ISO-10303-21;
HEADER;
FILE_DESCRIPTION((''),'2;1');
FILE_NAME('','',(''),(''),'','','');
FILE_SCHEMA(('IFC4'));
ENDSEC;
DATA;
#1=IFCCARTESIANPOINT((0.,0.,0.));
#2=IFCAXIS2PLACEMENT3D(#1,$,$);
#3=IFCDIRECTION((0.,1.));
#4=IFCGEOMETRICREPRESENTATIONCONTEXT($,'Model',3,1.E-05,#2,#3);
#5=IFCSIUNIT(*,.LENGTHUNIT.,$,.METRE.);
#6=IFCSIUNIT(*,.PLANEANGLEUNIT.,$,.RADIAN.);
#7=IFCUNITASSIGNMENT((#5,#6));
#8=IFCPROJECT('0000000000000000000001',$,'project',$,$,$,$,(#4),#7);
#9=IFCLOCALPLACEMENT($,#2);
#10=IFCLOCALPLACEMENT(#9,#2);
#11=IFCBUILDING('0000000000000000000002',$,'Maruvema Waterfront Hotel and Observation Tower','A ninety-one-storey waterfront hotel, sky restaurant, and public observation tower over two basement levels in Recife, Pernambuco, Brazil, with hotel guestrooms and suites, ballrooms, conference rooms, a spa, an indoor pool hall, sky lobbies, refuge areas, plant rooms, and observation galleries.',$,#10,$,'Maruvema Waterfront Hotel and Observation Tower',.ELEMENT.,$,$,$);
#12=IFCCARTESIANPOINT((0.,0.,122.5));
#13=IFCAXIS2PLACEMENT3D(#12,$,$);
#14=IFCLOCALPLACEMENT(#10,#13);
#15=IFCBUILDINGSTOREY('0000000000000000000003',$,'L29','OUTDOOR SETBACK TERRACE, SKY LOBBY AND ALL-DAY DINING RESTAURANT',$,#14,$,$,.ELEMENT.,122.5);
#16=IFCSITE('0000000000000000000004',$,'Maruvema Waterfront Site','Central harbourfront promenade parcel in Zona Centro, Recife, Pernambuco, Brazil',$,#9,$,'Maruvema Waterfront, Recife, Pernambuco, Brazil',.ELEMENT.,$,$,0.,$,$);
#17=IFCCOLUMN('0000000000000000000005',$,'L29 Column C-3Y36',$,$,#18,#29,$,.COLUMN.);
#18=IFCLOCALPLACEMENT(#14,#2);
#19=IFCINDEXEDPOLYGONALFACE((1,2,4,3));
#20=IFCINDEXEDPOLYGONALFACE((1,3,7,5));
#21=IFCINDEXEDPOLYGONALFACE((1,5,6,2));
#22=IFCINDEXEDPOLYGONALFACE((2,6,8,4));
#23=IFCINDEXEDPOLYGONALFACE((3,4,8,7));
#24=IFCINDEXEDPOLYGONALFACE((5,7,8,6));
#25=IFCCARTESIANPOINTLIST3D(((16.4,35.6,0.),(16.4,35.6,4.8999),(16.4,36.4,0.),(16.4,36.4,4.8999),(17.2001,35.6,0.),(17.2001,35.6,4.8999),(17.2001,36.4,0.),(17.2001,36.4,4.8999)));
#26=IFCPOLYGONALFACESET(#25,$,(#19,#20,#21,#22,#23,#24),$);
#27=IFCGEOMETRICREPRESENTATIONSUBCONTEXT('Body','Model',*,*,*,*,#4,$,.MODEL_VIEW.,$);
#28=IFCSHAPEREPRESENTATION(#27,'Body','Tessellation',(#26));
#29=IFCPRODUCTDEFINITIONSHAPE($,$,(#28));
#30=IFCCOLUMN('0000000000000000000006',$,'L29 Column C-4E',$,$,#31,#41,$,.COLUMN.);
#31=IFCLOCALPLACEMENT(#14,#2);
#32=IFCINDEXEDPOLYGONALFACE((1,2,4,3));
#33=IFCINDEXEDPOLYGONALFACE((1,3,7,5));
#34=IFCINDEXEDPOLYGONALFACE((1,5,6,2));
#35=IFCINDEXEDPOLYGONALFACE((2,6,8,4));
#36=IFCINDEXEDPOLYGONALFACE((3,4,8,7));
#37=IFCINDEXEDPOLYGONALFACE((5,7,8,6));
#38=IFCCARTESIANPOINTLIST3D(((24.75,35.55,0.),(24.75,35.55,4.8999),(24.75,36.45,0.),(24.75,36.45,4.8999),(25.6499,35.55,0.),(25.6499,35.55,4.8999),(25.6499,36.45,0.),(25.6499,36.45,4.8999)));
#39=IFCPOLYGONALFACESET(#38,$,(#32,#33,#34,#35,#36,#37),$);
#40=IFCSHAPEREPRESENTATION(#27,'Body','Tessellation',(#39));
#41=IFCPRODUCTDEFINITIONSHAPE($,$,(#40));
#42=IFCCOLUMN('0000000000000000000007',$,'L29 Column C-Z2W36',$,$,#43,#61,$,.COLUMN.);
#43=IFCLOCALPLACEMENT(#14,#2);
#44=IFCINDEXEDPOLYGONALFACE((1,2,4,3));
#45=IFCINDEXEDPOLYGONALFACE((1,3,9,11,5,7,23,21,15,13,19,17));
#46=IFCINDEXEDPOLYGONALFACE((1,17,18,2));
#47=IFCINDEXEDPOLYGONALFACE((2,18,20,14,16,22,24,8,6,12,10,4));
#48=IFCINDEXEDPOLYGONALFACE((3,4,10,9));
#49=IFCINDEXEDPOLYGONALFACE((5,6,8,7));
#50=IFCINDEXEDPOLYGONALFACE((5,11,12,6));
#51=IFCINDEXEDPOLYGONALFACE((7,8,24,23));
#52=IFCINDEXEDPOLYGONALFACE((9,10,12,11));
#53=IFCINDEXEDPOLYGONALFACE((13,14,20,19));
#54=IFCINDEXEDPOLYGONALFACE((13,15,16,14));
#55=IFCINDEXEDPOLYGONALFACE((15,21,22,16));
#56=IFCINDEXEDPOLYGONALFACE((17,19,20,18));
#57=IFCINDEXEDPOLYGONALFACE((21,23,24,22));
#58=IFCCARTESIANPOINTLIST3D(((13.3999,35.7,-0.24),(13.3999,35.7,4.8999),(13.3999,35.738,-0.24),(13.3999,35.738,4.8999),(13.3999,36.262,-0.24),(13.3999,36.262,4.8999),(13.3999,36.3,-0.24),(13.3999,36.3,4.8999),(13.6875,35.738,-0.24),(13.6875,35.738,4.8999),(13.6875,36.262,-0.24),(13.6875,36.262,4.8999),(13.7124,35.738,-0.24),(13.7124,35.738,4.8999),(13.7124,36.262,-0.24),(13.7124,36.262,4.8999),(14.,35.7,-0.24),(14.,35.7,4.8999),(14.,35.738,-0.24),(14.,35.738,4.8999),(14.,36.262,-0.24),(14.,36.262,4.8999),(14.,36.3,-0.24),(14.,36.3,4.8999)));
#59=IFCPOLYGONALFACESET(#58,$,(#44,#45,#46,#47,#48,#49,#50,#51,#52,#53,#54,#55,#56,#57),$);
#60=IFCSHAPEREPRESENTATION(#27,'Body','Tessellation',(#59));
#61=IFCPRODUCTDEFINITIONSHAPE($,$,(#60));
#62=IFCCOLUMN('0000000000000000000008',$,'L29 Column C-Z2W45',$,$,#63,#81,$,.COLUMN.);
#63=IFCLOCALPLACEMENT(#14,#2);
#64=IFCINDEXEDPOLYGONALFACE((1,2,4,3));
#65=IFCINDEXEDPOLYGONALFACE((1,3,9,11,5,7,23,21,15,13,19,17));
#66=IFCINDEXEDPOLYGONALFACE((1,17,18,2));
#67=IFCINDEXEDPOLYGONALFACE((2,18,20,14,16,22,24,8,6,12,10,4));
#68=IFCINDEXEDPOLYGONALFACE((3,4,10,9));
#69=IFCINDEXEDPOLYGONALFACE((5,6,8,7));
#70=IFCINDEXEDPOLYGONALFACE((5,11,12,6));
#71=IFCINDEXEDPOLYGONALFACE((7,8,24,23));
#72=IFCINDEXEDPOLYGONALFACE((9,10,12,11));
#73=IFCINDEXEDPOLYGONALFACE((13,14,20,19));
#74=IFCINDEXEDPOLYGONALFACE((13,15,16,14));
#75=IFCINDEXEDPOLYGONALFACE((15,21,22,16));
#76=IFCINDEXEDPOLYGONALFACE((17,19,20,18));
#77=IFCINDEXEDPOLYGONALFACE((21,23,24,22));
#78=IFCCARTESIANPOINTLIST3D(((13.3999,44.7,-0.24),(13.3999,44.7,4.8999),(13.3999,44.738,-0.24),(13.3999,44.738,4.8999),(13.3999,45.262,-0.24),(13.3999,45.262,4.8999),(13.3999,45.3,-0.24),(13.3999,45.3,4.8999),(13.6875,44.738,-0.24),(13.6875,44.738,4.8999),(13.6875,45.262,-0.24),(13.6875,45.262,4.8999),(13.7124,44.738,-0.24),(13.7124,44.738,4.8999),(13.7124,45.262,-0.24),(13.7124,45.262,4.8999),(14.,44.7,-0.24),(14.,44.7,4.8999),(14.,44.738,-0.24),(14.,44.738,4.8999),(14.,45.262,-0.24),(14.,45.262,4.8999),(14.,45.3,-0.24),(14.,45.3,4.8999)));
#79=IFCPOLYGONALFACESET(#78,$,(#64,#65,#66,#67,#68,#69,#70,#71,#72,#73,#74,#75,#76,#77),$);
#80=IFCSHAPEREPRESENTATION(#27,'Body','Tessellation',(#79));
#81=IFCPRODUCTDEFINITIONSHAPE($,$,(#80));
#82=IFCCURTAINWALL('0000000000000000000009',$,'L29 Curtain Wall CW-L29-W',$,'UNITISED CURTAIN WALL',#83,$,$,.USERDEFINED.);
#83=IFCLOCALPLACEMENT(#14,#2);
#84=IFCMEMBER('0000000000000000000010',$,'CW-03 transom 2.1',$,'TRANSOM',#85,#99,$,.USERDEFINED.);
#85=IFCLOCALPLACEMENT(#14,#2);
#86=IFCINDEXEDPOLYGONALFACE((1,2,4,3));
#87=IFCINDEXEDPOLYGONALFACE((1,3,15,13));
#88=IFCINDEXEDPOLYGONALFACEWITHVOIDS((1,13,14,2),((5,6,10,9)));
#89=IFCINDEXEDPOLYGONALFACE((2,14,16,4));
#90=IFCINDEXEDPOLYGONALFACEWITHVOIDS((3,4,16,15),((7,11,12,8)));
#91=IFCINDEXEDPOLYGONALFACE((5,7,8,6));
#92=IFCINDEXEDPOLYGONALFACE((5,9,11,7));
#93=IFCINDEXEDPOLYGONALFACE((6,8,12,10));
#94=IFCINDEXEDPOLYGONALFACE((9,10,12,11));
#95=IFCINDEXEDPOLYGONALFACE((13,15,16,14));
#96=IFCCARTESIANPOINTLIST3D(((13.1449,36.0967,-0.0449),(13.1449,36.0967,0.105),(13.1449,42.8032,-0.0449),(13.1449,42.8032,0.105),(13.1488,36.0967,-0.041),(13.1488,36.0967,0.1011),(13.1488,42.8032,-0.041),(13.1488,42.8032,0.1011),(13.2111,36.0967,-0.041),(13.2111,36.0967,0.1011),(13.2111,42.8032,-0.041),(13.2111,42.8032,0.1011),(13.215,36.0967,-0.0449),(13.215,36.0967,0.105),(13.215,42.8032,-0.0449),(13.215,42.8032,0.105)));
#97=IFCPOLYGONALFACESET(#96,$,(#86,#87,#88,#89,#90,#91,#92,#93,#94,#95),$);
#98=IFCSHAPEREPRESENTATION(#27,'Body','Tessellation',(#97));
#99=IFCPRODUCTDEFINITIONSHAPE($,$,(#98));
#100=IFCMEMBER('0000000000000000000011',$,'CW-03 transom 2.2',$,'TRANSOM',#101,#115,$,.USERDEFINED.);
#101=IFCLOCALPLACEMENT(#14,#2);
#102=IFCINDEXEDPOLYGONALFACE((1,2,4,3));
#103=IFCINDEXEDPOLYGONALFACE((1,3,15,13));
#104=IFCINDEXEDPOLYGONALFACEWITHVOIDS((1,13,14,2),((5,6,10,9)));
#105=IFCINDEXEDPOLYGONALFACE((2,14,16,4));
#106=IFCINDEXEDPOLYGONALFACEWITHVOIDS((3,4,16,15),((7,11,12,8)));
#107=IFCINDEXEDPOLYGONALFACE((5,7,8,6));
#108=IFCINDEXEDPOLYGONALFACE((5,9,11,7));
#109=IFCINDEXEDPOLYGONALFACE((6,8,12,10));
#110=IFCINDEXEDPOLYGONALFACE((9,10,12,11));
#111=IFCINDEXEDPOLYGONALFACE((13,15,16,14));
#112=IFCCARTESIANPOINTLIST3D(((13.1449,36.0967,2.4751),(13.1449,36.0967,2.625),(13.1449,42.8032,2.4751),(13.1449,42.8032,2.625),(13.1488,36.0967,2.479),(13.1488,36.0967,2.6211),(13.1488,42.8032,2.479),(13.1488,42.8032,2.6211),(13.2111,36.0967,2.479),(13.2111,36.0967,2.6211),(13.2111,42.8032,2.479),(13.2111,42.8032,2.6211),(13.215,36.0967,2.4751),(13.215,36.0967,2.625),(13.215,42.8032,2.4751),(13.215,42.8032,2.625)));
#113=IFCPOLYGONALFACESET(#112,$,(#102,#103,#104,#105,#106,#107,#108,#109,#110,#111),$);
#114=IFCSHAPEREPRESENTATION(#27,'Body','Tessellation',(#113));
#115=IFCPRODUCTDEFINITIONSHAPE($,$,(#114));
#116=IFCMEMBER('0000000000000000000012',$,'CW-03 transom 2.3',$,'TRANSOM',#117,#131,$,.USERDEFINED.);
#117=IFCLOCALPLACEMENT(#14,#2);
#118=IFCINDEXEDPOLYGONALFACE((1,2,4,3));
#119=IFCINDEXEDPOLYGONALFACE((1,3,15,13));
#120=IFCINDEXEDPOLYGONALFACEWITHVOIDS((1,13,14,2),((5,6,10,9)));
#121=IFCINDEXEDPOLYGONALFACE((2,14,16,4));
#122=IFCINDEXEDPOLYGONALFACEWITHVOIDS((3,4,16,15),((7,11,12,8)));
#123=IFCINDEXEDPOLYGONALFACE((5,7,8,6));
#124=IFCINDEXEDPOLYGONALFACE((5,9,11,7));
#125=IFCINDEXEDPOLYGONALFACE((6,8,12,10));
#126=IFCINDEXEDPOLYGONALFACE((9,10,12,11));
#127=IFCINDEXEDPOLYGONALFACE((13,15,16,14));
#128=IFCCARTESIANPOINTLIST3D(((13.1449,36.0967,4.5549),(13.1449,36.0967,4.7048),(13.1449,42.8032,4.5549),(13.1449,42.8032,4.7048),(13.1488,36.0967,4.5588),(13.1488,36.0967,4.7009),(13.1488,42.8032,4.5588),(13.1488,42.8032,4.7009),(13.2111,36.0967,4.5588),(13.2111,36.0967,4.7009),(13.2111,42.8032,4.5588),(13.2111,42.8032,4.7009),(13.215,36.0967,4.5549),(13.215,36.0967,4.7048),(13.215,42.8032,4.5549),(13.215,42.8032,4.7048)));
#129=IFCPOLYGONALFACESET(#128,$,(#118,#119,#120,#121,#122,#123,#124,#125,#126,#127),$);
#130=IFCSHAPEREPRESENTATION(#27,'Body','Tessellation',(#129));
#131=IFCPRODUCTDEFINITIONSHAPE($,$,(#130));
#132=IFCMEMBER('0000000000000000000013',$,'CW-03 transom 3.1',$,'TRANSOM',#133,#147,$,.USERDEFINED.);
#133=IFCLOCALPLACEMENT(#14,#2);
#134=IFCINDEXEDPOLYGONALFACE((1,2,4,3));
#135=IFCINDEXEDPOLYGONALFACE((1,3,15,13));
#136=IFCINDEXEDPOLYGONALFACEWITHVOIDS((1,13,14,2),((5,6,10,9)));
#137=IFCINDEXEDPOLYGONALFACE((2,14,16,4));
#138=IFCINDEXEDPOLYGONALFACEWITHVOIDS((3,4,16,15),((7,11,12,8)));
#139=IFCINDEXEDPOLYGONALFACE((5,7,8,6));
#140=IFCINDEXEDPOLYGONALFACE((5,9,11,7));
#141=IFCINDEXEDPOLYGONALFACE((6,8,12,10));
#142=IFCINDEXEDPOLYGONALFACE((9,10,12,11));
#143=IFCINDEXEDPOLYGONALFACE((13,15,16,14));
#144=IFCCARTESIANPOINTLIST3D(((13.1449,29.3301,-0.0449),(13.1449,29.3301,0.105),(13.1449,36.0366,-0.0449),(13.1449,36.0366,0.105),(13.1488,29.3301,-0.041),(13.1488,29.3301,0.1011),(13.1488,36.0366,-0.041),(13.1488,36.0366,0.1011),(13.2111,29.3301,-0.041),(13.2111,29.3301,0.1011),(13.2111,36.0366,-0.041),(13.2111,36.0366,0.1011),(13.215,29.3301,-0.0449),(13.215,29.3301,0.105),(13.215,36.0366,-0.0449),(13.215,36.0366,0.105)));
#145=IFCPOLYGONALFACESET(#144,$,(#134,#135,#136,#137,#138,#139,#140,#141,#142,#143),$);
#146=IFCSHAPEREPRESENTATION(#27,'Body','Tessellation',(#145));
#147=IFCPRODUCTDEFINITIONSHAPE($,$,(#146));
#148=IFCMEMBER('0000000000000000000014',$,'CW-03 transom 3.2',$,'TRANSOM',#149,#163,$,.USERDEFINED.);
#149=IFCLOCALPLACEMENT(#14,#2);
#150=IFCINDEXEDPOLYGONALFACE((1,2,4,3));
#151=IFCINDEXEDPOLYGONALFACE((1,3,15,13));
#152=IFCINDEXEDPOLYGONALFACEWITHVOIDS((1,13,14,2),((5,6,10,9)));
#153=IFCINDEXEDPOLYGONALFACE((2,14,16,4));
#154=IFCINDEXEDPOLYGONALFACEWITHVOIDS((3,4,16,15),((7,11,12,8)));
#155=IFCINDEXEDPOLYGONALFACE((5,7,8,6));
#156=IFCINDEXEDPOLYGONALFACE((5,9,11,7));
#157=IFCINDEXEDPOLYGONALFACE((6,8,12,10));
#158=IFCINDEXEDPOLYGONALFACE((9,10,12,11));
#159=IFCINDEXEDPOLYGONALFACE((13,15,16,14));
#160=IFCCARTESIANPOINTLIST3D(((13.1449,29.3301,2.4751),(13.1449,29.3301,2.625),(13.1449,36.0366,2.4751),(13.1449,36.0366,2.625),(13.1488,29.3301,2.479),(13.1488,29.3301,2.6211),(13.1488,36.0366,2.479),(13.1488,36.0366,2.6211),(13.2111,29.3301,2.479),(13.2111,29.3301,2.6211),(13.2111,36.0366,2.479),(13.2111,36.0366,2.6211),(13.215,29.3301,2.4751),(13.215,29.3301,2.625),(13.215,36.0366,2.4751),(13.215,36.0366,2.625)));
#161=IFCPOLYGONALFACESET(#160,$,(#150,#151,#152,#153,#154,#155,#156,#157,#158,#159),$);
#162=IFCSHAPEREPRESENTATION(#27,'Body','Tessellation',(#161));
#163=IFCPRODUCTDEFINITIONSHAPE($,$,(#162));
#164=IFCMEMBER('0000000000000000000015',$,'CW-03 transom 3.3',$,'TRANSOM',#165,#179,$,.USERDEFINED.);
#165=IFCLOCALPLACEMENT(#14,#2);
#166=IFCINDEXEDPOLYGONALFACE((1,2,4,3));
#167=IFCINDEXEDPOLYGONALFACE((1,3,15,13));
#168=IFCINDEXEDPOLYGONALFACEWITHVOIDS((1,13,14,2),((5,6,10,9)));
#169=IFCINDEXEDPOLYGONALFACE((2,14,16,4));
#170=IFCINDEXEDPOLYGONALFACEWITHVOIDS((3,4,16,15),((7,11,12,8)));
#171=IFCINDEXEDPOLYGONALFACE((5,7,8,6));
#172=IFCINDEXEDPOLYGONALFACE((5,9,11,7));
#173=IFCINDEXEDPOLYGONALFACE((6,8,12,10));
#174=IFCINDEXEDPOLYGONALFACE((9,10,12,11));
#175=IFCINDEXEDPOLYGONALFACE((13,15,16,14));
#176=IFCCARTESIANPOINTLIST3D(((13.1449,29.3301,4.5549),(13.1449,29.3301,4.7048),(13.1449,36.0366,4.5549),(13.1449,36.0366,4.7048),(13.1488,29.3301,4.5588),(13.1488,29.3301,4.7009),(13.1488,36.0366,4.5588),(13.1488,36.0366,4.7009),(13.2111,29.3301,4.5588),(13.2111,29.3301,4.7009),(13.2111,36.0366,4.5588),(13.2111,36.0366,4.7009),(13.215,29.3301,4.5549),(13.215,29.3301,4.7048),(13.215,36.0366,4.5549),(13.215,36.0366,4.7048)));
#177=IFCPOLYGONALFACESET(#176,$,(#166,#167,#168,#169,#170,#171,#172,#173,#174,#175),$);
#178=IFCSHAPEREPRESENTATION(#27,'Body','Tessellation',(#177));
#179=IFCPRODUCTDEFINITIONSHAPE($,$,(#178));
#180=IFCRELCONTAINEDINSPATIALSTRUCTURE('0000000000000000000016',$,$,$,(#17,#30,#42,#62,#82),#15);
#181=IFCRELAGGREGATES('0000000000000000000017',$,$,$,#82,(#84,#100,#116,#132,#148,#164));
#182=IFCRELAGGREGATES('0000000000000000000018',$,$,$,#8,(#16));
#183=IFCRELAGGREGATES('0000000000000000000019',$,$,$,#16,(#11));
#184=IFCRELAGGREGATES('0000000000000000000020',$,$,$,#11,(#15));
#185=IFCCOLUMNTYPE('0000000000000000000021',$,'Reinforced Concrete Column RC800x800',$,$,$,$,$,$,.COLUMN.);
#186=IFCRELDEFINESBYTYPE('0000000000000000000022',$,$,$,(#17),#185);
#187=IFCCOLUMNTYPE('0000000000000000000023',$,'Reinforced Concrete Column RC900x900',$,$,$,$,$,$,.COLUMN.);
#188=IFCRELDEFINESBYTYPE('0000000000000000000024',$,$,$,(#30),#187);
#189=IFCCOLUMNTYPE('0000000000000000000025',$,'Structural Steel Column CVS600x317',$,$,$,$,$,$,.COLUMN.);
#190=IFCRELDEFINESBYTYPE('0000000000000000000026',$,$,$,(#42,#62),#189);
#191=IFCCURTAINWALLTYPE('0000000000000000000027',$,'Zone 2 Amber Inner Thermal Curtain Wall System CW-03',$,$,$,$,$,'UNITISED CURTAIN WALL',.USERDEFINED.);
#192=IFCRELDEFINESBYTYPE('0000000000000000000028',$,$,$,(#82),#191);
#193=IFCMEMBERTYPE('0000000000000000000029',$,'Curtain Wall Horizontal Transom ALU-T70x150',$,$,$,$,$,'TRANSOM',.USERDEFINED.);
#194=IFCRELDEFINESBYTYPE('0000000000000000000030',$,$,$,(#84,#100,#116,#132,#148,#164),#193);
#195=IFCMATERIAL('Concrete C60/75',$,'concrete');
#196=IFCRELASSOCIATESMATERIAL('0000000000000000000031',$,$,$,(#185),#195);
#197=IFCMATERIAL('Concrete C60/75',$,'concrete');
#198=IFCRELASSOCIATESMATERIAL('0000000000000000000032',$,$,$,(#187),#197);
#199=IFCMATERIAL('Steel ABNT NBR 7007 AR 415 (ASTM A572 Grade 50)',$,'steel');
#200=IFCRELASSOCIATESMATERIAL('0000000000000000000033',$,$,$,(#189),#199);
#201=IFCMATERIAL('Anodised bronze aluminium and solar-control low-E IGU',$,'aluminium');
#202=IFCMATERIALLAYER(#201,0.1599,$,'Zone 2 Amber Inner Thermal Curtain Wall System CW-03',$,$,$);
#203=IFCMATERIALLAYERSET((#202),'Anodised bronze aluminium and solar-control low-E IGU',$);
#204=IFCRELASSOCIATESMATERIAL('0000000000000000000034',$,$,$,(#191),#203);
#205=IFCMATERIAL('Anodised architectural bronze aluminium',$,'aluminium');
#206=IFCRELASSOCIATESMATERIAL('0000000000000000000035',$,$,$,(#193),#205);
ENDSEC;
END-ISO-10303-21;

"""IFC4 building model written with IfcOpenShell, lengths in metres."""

from ifc_helpers import new_model, si_unit, direction, frame, origin, origin_2d, place, context, subcontext, project, spatial, rectangle, hollow_rectangle, i_section, extrude, material, layer, layer_set, material_profile, profile_set, type_object, element, aggregate, save


model = new_model("IFC4")

# Units and contexts
model_context = context("Model", 3, precision=1e-05, world=origin(), true_north=direction((0.0, 1.0)))
body_context = subcontext(model_context, "Body", "Model", "MODEL_VIEW")
ifc_project = project(units=[si_unit("LENGTHUNIT", "METRE"), si_unit("PLANEANGLEUNIT", "RADIAN")], contexts=[model_context])

# Site, building, storey
site_placement = place(None, origin())
site = spatial("IfcSite", under=ifc_project, at=site_placement, Name="Maruvema Waterfront Site", Description="Central harbourfront promenade parcel in Zona Centro, Recife, Pernambuco, Brazil", LongName="Maruvema Waterfront, Recife, Pernambuco, Brazil", CompositionType="ELEMENT", RefElevation=0.0)
building_placement = place(site_placement, origin())
building = spatial("IfcBuilding", under=site, at=building_placement, Name="Maruvema Waterfront Hotel and Observation Tower", Description="A ninety-one-storey waterfront hotel, sky restaurant, and public observation tower over two basement levels in Recife, Pernambuco, Brazil, with hotel guestrooms and suites, ballrooms, conference rooms, a spa, an indoor pool hall, sky lobbies, refuge areas, plant rooms, and observation galleries.", LongName="Maruvema Waterfront Hotel and Observation Tower", CompositionType="ELEMENT")
storey_placement = place(building_placement, frame((0.0, 0.0, 122.5)))
storey = spatial("IfcBuildingStorey", under=building, at=storey_placement, Name="L29", Description="OUTDOOR SETBACK TERRACE, SKY LOBBY AND ALL-DAY DINING RESTAURANT", CompositionType="ELEMENT", Elevation=122.5)

# Columns
ifc_material_1 = material(Name="Concrete C60/75", Category="concrete")
ifc_material_profile_1 = material_profile(ifc_material_1, rectangle(XDim=0.8, YDim=0.8, at=origin_2d()), Name="RC800x800")
ifc_profile_set_1 = profile_set([ifc_material_profile_1], Name="Concrete C60/75")
column_type_1 = type_object("IfcColumnType", Name="Reinforced Concrete Column RC800x800", PredefinedType="COLUMN", material=ifc_profile_set_1)
column_1_placement = place(storey_placement, frame((16.8, 36.0, 0.0), z_axis=(0.0, 0.0, 1.0), x_axis=(1.0, 0.0, 0.0)))
element("IfcColumn", 1, at=column_1_placement, inside=storey, type_object=column_type_1, Name="L29 Column C-3Y36", PredefinedType="COLUMN", context=body_context, shape_type="SweptSolid", body=[
    extrude(rectangle(XDim=0.8, YDim=0.8, at=origin_2d()), origin(), (0.0, 0.0, 1.0), 4.8999),
])
ifc_material_2 = material(Name="Concrete C60/75", Category="concrete")
ifc_material_profile_2 = material_profile(ifc_material_2, rectangle(XDim=0.8999, YDim=0.8999, at=origin_2d()), Name="RC900x900")
ifc_profile_set_2 = profile_set([ifc_material_profile_2], Name="Concrete C60/75")
column_type_2 = type_object("IfcColumnType", Name="Reinforced Concrete Column RC900x900", PredefinedType="COLUMN", material=ifc_profile_set_2)
column_2_placement = place(storey_placement, frame((25.2, 36.0, 0.0), z_axis=(0.0, 0.0, 1.0), x_axis=(1.0, 0.0, 0.0)))
element("IfcColumn", 2, at=column_2_placement, inside=storey, type_object=column_type_2, Name="L29 Column C-4E", PredefinedType="COLUMN", context=body_context, shape_type="SweptSolid", body=[
    extrude(rectangle(XDim=0.8999, YDim=0.8999, at=origin_2d()), origin(), (0.0, 0.0, 1.0), 4.8999),
])
ifc_material_3 = material(Name="Steel ABNT NBR 7007 AR 415 (ASTM A572 Grade 50)", Category="steel")
ifc_material_profile_3 = material_profile(ifc_material_3, i_section(OverallWidth=0.6001, OverallDepth=0.6001, WebThickness=0.0249, FlangeThickness=0.0381, at=origin_2d()), Name="CVS600x317")
ifc_profile_set_3 = profile_set([ifc_material_profile_3], Name="Steel ABNT NBR 7007 AR 415 (ASTM A572 Grade 50)")
column_type_3 = type_object("IfcColumnType", Name="Structural Steel Column CVS600x317", PredefinedType="COLUMN", material=ifc_profile_set_3)
for number, where, z_axis, x_axis, name in (
    (3, (13.7, 36.0, -0.24), (0.0, 0.0, 1.0), (1.0, 0.0, 0.0), "L29 Column C-Z2W36"),
    (4, (13.7, 45.0, -0.24), (0.0, 0.0, 1.0), (1.0, 0.0, 0.0), "L29 Column C-Z2W45"),
):
    element("IfcColumn", number, at=place(storey_placement, frame(where, z_axis=z_axis, x_axis=x_axis)), inside=storey, type_object=column_type_3, Name=name, PredefinedType="COLUMN", context=body_context, shape_type="SweptSolid", body=[
        extrude(i_section(OverallWidth=0.6001, OverallDepth=0.6001, WebThickness=0.0249, FlangeThickness=0.0381, at=origin_2d()), origin(), (0.0, 0.0, 1.0), 5.1399),
    ])

# Curtain wall, members
ifc_material_4 = material(Name="Anodised bronze aluminium and solar-control low-E IGU", Category="aluminium")
ifc_layer_1 = layer(ifc_material_4, 0.1599, Name="Zone 2 Amber Inner Thermal Curtain Wall System CW-03")
ifc_layer_set_1 = layer_set([ifc_layer_1], Name="Anodised bronze aluminium and solar-control low-E IGU")
curtain_wall_type = type_object("IfcCurtainWallType", Name="Zone 2 Amber Inner Thermal Curtain Wall System CW-03", ElementType="UNITISED CURTAIN WALL", PredefinedType="USERDEFINED", material=ifc_layer_set_1)
curtain_wall_placement = place(storey_placement, origin())
curtain_wall = element("IfcCurtainWall", 5, at=curtain_wall_placement, inside=storey, type_object=curtain_wall_type, Name="L29 Curtain Wall CW-L29-W", ObjectType="UNITISED CURTAIN WALL", PredefinedType="USERDEFINED")
ifc_material_5 = material(Name="Anodised architectural bronze aluminium", Category="aluminium")
ifc_material_profile_4 = material_profile(ifc_material_5, hollow_rectangle(XDim=0.0701, YDim=0.1499, WallThickness=0.0039, at=origin_2d()), Name="ALU-T70x150")
ifc_profile_set_4 = profile_set([ifc_material_profile_4], Name="Anodised architectural bronze aluminium")
member_type_1 = type_object("IfcMemberType", Name="Curtain Wall Horizontal Transom ALU-T70x150", ElementType="TRANSOM", PredefinedType="USERDEFINED", material=ifc_profile_set_4)
member_1_placement = place(storey_placement, frame((13.1799, 42.8032, 0.03), z_axis=(0.0, -1.0, 0.0), x_axis=(1.0, 0.0, 0.0)))
member_1 = element("IfcMember", 6, at=member_1_placement, type_object=member_type_1, Name="CW-03 transom 2.1", ObjectType="TRANSOM", PredefinedType="USERDEFINED", context=body_context, shape_type="SweptSolid", body=[
    extrude(hollow_rectangle(XDim=0.0701, YDim=0.1499, WallThickness=0.0039, at=origin_2d()), origin(), (0.0, 0.0, 1.0), 6.7065),
])
member_2_placement = place(storey_placement, frame((13.1799, 42.8032, 2.55), z_axis=(0.0, -1.0, 0.0), x_axis=(1.0, 0.0, 0.0)))
member_2 = element("IfcMember", 7, at=member_2_placement, type_object=member_type_1, Name="CW-03 transom 2.2", ObjectType="TRANSOM", PredefinedType="USERDEFINED", context=body_context, shape_type="SweptSolid", body=[
    extrude(hollow_rectangle(XDim=0.0701, YDim=0.1499, WallThickness=0.0039, at=origin_2d()), origin(), (0.0, 0.0, 1.0), 6.7065),
])
member_3_placement = place(storey_placement, frame((13.1799, 42.8032, 4.6299), z_axis=(0.0, -1.0, 0.0), x_axis=(1.0, 0.0, 0.0)))
member_3 = element("IfcMember", 8, at=member_3_placement, type_object=member_type_1, Name="CW-03 transom 2.3", ObjectType="TRANSOM", PredefinedType="USERDEFINED", context=body_context, shape_type="SweptSolid", body=[
    extrude(hollow_rectangle(XDim=0.0701, YDim=0.1499, WallThickness=0.0039, at=origin_2d()), origin(), (0.0, 0.0, 1.0), 6.7065),
])
member_4_placement = place(storey_placement, frame((13.1799, 36.0366, 0.03), z_axis=(0.0, -1.0, 0.0), x_axis=(1.0, 0.0, 0.0)))
member_4 = element("IfcMember", 9, at=member_4_placement, type_object=member_type_1, Name="CW-03 transom 3.1", ObjectType="TRANSOM", PredefinedType="USERDEFINED", context=body_context, shape_type="SweptSolid", body=[
    extrude(hollow_rectangle(XDim=0.0701, YDim=0.1499, WallThickness=0.0039, at=origin_2d()), origin(), (0.0, 0.0, 1.0), 6.7065),
])
member_5_placement = place(storey_placement, frame((13.1799, 36.0366, 2.55), z_axis=(0.0, -1.0, 0.0), x_axis=(1.0, 0.0, 0.0)))
member_5 = element("IfcMember", 10, at=member_5_placement, type_object=member_type_1, Name="CW-03 transom 3.2", ObjectType="TRANSOM", PredefinedType="USERDEFINED", context=body_context, shape_type="SweptSolid", body=[
    extrude(hollow_rectangle(XDim=0.0701, YDim=0.1499, WallThickness=0.0039, at=origin_2d()), origin(), (0.0, 0.0, 1.0), 6.7065),
])
member_6_placement = place(storey_placement, frame((13.1799, 36.0366, 4.6299), z_axis=(0.0, -1.0, 0.0), x_axis=(1.0, 0.0, 0.0)))
member_6 = element("IfcMember", 11, at=member_6_placement, type_object=member_type_1, Name="CW-03 transom 3.3", ObjectType="TRANSOM", PredefinedType="USERDEFINED", context=body_context, shape_type="SweptSolid", body=[
    extrude(hollow_rectangle(XDim=0.0701, YDim=0.1499, WallThickness=0.0039, at=origin_2d()), origin(), (0.0, 0.0, 1.0), 6.7065),
])

aggregate(curtain_wall, [member_1, member_2, member_3, member_4, member_5, member_6])

save(model, "model.ifc")
